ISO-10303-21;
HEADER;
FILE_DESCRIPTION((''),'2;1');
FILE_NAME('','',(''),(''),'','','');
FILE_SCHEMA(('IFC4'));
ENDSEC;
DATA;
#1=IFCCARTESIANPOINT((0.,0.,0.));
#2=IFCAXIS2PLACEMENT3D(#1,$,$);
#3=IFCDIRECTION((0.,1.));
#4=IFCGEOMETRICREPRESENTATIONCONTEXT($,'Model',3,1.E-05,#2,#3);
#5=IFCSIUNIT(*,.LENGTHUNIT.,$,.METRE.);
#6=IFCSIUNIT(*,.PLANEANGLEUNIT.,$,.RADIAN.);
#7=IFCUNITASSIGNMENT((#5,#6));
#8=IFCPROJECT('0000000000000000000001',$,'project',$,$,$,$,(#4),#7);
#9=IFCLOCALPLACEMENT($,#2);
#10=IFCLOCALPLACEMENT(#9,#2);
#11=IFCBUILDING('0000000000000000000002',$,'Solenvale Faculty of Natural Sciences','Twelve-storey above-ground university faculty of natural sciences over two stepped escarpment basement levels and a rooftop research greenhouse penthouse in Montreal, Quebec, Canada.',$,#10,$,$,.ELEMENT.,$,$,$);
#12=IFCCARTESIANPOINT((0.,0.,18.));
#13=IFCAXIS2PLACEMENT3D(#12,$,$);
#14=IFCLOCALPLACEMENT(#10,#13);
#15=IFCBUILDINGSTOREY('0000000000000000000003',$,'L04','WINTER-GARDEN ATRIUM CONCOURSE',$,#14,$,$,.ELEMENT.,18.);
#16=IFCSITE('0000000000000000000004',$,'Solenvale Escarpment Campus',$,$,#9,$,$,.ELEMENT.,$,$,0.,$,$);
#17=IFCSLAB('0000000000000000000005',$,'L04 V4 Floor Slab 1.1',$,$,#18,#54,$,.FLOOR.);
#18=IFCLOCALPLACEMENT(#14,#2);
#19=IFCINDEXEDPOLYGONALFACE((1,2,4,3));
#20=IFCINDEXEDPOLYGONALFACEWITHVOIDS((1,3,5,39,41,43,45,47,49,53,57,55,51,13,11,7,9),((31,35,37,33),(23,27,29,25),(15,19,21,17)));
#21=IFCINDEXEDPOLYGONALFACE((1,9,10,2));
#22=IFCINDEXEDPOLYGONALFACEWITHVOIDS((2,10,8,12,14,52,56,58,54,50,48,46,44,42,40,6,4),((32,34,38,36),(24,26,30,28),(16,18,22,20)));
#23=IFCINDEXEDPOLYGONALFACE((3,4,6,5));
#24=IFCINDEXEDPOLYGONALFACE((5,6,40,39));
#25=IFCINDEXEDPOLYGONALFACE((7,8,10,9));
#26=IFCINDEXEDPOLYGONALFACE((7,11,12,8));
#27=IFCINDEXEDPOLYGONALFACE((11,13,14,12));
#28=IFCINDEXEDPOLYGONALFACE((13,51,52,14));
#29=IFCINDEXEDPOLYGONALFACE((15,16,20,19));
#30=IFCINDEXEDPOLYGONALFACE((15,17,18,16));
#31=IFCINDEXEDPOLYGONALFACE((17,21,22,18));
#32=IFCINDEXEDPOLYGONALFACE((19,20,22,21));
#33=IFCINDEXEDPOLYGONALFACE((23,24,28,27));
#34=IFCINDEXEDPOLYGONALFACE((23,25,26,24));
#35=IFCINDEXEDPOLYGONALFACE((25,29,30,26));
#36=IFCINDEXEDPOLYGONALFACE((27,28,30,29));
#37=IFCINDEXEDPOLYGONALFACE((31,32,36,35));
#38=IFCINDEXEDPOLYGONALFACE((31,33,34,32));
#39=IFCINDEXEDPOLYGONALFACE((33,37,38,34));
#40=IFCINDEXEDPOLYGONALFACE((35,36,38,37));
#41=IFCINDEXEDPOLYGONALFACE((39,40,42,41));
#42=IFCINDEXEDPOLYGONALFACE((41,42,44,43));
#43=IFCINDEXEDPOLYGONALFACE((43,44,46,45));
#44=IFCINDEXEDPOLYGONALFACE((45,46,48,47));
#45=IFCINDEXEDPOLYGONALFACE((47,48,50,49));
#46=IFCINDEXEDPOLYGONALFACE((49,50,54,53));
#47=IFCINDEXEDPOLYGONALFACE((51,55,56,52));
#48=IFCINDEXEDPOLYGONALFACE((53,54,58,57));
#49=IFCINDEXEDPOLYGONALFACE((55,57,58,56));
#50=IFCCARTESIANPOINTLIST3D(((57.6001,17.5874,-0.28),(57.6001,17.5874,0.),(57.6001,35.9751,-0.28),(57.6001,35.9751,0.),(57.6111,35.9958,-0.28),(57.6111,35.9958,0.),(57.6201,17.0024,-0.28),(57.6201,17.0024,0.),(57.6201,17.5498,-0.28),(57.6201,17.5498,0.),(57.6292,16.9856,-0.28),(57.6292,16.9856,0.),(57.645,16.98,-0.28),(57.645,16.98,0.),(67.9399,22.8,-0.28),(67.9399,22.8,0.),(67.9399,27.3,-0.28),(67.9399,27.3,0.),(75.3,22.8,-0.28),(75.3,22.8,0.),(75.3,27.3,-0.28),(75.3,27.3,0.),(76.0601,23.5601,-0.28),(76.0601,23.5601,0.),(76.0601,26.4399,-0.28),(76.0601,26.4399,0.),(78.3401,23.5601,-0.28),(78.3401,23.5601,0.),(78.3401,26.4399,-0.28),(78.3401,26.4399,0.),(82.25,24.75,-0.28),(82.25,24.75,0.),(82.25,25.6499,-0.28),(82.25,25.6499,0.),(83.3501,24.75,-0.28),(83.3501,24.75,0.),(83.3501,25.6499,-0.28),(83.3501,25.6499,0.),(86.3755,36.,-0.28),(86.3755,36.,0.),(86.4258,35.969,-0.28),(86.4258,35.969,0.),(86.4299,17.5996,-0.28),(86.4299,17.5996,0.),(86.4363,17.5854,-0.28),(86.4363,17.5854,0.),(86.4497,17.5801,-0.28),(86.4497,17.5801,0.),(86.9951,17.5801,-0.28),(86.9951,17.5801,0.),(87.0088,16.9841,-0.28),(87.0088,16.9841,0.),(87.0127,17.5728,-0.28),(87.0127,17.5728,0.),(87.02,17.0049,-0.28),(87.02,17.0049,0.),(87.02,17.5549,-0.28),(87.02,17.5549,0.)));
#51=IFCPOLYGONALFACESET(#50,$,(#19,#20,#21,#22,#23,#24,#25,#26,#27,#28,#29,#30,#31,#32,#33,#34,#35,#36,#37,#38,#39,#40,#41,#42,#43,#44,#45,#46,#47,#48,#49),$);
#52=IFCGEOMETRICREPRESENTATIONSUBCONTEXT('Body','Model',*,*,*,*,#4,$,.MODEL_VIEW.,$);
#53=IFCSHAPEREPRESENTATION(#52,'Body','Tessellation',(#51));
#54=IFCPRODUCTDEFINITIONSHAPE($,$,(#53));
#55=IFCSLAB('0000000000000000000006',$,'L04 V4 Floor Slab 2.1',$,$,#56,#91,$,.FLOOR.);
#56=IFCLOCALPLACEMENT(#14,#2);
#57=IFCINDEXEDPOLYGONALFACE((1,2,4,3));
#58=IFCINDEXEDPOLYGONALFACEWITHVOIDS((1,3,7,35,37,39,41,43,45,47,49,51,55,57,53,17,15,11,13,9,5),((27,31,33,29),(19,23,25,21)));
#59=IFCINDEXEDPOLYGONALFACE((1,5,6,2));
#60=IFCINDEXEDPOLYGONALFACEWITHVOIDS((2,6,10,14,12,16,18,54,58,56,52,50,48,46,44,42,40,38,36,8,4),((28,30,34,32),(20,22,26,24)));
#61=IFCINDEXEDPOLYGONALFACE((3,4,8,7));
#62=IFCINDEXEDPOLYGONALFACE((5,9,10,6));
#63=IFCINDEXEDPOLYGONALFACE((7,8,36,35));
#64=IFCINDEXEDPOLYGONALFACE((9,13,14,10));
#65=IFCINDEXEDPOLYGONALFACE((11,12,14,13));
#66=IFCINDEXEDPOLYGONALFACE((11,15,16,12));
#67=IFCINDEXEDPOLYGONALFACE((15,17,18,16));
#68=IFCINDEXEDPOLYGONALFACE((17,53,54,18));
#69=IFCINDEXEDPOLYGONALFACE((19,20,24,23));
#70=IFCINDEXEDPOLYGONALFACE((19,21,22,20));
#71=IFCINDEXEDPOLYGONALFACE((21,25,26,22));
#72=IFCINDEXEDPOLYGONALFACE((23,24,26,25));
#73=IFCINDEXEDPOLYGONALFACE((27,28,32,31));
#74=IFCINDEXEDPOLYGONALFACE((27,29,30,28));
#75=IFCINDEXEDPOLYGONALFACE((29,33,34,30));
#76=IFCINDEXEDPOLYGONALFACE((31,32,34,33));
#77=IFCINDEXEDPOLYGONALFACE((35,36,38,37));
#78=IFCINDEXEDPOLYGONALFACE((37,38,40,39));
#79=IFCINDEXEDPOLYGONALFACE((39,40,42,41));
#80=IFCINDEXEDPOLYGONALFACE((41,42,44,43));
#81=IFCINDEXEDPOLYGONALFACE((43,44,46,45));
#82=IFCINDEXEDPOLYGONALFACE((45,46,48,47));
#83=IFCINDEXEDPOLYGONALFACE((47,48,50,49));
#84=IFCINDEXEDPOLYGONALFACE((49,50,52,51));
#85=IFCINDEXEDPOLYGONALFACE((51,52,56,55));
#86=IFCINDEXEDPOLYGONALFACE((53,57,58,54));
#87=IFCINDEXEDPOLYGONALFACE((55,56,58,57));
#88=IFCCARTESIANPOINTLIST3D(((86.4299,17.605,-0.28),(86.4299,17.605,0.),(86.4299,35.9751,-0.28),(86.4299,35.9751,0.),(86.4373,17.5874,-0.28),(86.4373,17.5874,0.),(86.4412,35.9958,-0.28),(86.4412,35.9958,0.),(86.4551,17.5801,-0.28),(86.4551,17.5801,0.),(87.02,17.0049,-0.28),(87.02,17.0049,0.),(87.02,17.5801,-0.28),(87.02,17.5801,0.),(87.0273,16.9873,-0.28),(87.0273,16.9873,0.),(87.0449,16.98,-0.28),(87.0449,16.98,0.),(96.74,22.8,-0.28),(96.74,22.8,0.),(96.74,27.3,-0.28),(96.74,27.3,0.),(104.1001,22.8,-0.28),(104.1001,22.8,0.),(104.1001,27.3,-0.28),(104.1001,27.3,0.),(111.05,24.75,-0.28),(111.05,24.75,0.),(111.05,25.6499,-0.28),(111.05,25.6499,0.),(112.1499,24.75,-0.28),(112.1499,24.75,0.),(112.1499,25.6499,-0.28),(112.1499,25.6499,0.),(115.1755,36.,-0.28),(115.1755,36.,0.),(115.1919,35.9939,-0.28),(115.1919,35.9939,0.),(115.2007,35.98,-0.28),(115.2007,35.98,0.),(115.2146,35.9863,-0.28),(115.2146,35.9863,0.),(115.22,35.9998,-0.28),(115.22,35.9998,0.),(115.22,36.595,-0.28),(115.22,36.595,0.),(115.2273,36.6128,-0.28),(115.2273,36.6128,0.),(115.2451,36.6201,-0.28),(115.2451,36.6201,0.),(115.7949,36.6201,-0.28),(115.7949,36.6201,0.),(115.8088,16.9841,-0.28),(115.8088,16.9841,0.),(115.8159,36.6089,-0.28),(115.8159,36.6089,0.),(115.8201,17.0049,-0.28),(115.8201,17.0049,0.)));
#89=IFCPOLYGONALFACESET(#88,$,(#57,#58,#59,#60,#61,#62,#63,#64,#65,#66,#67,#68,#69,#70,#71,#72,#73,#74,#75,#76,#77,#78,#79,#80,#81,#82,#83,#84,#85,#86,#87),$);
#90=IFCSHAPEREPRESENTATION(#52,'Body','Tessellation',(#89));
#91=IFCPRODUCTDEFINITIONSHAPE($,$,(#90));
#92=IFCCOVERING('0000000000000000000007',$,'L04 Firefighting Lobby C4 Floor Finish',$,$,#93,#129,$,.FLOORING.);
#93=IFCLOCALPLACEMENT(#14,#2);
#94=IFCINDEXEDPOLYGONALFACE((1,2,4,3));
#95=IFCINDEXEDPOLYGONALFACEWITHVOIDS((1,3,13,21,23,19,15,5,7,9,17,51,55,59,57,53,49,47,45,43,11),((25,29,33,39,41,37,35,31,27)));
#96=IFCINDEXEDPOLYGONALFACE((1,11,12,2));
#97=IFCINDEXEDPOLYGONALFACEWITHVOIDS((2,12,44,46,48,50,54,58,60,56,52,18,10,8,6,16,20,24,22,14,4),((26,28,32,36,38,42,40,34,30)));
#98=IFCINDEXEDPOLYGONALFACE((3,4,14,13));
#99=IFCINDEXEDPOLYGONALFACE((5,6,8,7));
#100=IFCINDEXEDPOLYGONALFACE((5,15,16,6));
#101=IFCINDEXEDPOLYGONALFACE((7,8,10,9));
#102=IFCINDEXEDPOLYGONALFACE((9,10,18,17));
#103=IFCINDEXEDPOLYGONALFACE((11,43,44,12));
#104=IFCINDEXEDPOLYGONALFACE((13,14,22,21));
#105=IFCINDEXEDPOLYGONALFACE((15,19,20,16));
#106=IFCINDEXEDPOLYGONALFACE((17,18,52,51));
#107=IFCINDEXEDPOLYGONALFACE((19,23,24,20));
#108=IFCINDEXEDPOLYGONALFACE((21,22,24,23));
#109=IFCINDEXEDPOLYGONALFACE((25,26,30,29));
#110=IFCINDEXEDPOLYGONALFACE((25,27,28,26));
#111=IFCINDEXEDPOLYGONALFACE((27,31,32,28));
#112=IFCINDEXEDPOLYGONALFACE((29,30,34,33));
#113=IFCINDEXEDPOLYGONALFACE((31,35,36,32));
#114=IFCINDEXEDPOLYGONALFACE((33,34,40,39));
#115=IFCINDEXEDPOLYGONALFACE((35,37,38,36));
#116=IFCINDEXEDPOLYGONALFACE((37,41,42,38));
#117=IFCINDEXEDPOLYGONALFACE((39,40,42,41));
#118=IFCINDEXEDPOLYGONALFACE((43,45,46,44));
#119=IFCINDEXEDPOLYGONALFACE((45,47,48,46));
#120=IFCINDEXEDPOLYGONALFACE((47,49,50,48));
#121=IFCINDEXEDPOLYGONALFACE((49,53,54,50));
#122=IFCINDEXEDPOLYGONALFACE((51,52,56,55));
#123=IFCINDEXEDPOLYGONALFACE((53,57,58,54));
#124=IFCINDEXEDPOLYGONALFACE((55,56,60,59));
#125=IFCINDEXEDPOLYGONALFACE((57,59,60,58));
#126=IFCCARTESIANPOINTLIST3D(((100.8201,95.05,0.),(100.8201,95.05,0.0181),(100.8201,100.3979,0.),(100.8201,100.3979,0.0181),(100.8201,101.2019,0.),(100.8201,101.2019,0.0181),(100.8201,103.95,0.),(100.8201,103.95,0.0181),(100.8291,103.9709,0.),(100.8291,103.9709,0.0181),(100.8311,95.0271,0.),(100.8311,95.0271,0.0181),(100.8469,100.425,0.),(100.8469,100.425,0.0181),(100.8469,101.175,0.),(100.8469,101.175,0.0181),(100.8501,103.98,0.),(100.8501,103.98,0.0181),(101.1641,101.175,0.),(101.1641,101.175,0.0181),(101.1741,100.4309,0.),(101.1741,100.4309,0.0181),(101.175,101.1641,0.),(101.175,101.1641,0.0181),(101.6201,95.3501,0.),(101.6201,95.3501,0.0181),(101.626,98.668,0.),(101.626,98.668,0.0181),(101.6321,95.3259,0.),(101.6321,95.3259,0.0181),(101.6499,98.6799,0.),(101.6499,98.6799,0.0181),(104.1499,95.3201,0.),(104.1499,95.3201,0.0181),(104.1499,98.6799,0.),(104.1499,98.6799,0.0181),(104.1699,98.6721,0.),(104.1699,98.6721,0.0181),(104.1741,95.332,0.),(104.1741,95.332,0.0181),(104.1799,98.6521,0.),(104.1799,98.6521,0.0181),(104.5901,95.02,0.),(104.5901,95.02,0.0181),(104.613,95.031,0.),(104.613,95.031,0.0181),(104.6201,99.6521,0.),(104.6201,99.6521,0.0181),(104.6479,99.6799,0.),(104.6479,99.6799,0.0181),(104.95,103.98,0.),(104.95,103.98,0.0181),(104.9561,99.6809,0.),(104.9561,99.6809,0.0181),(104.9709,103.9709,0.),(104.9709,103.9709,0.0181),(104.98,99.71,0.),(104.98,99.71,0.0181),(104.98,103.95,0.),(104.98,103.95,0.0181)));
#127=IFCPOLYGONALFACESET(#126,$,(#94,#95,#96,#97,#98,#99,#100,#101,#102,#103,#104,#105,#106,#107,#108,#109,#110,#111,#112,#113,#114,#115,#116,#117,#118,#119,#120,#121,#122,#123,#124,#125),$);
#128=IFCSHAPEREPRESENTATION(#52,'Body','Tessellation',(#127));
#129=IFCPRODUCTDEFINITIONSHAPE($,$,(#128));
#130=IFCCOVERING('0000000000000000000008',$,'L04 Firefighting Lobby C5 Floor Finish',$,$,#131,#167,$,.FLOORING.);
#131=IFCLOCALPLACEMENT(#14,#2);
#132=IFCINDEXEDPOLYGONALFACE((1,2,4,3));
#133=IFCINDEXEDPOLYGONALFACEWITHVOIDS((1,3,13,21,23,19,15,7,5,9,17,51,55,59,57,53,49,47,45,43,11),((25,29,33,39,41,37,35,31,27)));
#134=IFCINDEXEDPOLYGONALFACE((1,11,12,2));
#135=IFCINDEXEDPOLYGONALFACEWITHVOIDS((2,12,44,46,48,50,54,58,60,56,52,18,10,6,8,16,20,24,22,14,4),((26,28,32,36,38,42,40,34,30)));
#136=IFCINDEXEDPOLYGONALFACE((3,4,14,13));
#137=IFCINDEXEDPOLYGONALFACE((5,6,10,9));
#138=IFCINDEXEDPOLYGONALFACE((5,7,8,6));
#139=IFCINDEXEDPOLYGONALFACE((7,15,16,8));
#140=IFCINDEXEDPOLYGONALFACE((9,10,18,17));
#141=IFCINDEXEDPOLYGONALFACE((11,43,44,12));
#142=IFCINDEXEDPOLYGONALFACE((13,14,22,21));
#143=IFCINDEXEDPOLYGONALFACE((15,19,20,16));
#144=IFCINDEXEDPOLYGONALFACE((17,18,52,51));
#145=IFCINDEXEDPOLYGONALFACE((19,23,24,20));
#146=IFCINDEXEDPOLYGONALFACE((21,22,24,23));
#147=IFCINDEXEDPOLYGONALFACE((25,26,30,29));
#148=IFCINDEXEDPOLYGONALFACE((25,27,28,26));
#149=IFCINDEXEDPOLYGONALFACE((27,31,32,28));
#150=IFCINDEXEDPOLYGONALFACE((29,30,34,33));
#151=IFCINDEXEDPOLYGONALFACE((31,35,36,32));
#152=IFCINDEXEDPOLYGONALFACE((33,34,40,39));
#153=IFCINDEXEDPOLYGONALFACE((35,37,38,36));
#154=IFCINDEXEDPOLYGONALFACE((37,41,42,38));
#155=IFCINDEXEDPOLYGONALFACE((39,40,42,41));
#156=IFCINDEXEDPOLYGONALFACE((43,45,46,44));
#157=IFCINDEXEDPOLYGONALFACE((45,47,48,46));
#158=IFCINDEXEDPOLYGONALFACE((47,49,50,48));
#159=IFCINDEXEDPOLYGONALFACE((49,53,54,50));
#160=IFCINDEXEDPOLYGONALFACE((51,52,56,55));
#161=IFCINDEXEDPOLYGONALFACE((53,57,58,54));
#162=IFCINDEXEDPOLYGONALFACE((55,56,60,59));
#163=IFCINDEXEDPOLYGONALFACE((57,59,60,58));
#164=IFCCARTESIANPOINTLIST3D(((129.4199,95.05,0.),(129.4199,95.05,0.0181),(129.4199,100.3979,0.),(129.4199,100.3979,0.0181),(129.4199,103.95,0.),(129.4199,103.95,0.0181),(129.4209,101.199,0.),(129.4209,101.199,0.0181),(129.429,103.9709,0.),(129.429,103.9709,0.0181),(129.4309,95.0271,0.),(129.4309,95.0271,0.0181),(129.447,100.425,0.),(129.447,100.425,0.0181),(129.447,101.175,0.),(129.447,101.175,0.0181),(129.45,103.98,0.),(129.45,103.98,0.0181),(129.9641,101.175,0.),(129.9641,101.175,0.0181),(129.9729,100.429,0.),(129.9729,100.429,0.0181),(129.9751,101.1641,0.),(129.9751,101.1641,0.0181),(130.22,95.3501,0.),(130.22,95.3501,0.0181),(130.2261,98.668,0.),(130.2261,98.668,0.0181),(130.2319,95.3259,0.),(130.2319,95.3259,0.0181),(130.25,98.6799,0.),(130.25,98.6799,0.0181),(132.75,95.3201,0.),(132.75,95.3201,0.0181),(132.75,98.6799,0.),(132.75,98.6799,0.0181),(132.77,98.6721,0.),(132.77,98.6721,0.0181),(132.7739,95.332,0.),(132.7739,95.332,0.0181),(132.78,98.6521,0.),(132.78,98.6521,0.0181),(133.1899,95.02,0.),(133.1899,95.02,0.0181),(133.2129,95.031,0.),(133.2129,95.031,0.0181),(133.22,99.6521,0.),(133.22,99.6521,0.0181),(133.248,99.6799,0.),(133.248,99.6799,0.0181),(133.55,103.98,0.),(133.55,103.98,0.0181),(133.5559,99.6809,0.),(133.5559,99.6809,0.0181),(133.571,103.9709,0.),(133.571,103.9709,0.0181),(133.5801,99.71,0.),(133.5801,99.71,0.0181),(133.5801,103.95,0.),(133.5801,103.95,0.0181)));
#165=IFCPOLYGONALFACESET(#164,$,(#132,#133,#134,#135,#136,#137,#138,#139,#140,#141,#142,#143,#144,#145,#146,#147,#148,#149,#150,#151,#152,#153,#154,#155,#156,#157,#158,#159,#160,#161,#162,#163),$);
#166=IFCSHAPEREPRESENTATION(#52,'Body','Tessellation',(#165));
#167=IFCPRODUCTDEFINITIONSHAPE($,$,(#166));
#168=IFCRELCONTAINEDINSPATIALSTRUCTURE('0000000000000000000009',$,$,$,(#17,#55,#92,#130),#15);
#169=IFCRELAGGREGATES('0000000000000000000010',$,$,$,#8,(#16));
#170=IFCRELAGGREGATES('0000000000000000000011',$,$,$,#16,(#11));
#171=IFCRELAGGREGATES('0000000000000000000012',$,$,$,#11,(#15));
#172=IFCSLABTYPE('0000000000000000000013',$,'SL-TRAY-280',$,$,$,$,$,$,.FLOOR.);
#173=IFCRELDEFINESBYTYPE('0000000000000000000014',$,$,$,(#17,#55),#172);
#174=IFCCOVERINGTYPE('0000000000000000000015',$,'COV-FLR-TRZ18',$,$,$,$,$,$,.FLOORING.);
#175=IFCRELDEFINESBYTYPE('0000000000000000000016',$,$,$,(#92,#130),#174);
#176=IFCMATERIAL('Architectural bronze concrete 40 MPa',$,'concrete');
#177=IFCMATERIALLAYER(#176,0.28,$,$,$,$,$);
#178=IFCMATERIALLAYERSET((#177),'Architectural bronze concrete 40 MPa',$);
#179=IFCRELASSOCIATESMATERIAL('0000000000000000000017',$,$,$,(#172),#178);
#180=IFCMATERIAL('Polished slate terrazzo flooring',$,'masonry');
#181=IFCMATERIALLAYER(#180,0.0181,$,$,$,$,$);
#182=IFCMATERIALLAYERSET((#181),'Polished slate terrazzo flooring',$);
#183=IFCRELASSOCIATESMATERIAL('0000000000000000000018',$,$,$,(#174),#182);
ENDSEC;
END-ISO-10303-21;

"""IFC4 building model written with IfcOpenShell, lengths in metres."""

from ifc_helpers import new_model, si_unit, direction, frame, origin, place, context, subcontext, project, spatial, polyline, outline, extrude, material, layer, layer_set, type_object, element, save


model = new_model("IFC4")

# Units and contexts
model_context = context("Model", 3, precision=1e-05, world=origin(), true_north=direction((0.0, 1.0)))
body_context = subcontext(model_context, "Body", "Model", "MODEL_VIEW")
ifc_project = project(units=[si_unit("LENGTHUNIT", "METRE"), si_unit("PLANEANGLEUNIT", "RADIAN")], contexts=[model_context])

# Site, building, storey
site_placement = place(None, origin())
site = spatial("IfcSite", under=ifc_project, at=site_placement, Name="Solenvale Escarpment Campus", CompositionType="ELEMENT", RefElevation=0.0)
building_placement = place(site_placement, origin())
building = spatial("IfcBuilding", under=site, at=building_placement, Name="Solenvale Faculty of Natural Sciences", Description="Twelve-storey above-ground university faculty of natural sciences over two stepped escarpment basement levels and a rooftop research greenhouse penthouse in Montreal, Quebec, Canada.", CompositionType="ELEMENT")
storey_placement = place(building_placement, frame((0.0, 0.0, 18.0)))
storey = spatial("IfcBuildingStorey", under=building, at=storey_placement, Name="L04", Description="WINTER-GARDEN ATRIUM CONCOURSE", CompositionType="ELEMENT", Elevation=18.0)

# Slabs
ifc_material_1 = material(Name="Architectural bronze concrete 40 MPa", Category="concrete")
ifc_layer_1 = layer(ifc_material_1, 0.28)
ifc_layer_set_1 = layer_set([ifc_layer_1], Name="Architectural bronze concrete 40 MPa")
slab_type_1 = type_object("IfcSlabType", Name="SL-TRAY-280", PredefinedType="FLOOR", material=ifc_layer_set_1)
slab_1_placement = place(storey_placement, frame((0.0, 0.0, -0.28)))
element("IfcSlab", 1, at=slab_1_placement, inside=storey, type_object=slab_type_1, Name="L04 V4 Floor Slab 1.1", PredefinedType="FLOOR", context=body_context, shape_type="SweptSolid", body=[
    extrude(outline(polyline([(57.6201, 17.5498), (57.6001, 17.5874), (57.6001, 35.9751), (57.6111, 35.9958), (86.3755, 36.0), (86.4258, 35.969), (86.4299, 17.5996), (86.4363, 17.5854), (86.4497, 17.5801), (86.9951, 17.5801), (87.0127, 17.5728), (87.02, 17.5549), (87.02, 17.0049), (87.0088, 16.9841), (57.645, 16.98), (57.6292, 16.9856), (57.6201, 17.0024), (57.6201, 17.5498)]), holes=[polyline([(82.25, 24.75), (83.3501, 24.75), (83.3501, 25.6499), (82.25, 25.6499), (82.25, 24.75)]), polyline([(76.0601, 23.5601), (78.3401, 23.5601), (78.3401, 26.4399), (76.0601, 26.4399), (76.0601, 23.5601)]), polyline([(67.9399, 22.8), (75.3, 22.8), (75.3, 27.3), (67.9399, 27.3), (67.9399, 22.8)])]), origin(), (0.0, 0.0, 1.0), 0.28),
])
slab_2_placement = place(storey_placement, frame((0.0, 0.0, -0.28)))
element("IfcSlab", 2, at=slab_2_placement, inside=storey, type_object=slab_type_1, Name="L04 V4 Floor Slab 2.1", PredefinedType="FLOOR", context=body_context, shape_type="SweptSolid", body=[
    extrude(outline(polyline([(86.4551, 17.5801), (86.4373, 17.5874), (86.4299, 17.605), (86.4299, 35.9751), (86.4412, 35.9958), (115.1755, 36.0), (115.1919, 35.9939), (115.2007, 35.98), (115.2146, 35.9863), (115.22, 35.9998), (115.22, 36.595), (115.2273, 36.6128), (115.2451, 36.6201), (115.7949, 36.6201), (115.8159, 36.6089), (115.8201, 17.0049), (115.8088, 16.9841), (87.0449, 16.98), (87.0273, 16.9873), (87.02, 17.0049), (87.02, 17.5801), (86.4551, 17.5801)]), holes=[polyline([(111.05, 24.75), (112.1499, 24.75), (112.1499, 25.6499), (111.05, 25.6499), (111.05, 24.75)]), polyline([(96.74, 22.8), (104.1001, 22.8), (104.1001, 27.3), (96.74, 27.3), (96.74, 22.8)])]), origin(), (0.0, 0.0, 1.0), 0.28),
])

# Coverings
ifc_material_2 = material(Name="Polished slate terrazzo flooring", Category="masonry")
ifc_layer_2 = layer(ifc_material_2, 0.0181)
ifc_layer_set_2 = layer_set([ifc_layer_2], Name="Polished slate terrazzo flooring")
covering_type_1 = type_object("IfcCoveringType", Name="COV-FLR-TRZ18", PredefinedType="FLOORING", material=ifc_layer_set_2)
covering_1_placement = place(storey_placement, origin())
element("IfcCovering", 3, at=covering_1_placement, inside=storey, type_object=covering_type_1, Name="L04 Firefighting Lobby C4 Floor Finish", PredefinedType="FLOORING", context=body_context, shape_type="SweptSolid", body=[
    extrude(outline(polyline([(104.98, 99.71), (104.9561, 99.6809), (104.6479, 99.6799), (104.6201, 99.6521), (104.613, 95.031), (104.5901, 95.02), (100.8311, 95.0271), (100.8201, 95.05), (100.8201, 100.3979), (100.8469, 100.425), (101.1741, 100.4309), (101.175, 101.1641), (101.1641, 101.175), (100.8469, 101.175), (100.8201, 101.2019), (100.8201, 103.95), (100.8291, 103.9709), (100.8501, 103.98), (104.95, 103.98), (104.9709, 103.9709), (104.98, 103.95), (104.98, 99.71)]), holes=[polyline([(104.1799, 98.6521), (104.1699, 98.6721), (104.1499, 98.6799), (101.6499, 98.6799), (101.626, 98.668), (101.6201, 95.3501), (101.6321, 95.3259), (104.1499, 95.3201), (104.1741, 95.332), (104.1799, 98.6521)])]), origin(), (0.0, 0.0, 1.0), 0.0181),
])
covering_2_placement = place(storey_placement, origin())
element("IfcCovering", 4, at=covering_2_placement, inside=storey, type_object=covering_type_1, Name="L04 Firefighting Lobby C5 Floor Finish", PredefinedType="FLOORING", context=body_context, shape_type="SweptSolid", body=[
    extrude(outline(polyline([(133.5801, 99.71), (133.5559, 99.6809), (133.248, 99.6799), (133.22, 99.6521), (133.2129, 95.031), (133.1899, 95.02), (129.4309, 95.0271), (129.4199, 95.05), (129.4199, 100.3979), (129.447, 100.425), (129.9729, 100.429), (129.9751, 101.1641), (129.9641, 101.175), (129.447, 101.175), (129.4209, 101.199), (129.4199, 103.95), (129.429, 103.9709), (129.45, 103.98), (133.55, 103.98), (133.571, 103.9709), (133.5801, 103.95), (133.5801, 99.71)]), holes=[polyline([(132.78, 98.6521), (132.77, 98.6721), (132.75, 98.6799), (130.25, 98.6799), (130.2261, 98.668), (130.22, 95.3501), (130.2319, 95.3259), (132.75, 95.3201), (132.7739, 95.332), (132.78, 98.6521)])]), origin(), (0.0, 0.0, 1.0), 0.0181),
])

save(model, "model.ifc")
